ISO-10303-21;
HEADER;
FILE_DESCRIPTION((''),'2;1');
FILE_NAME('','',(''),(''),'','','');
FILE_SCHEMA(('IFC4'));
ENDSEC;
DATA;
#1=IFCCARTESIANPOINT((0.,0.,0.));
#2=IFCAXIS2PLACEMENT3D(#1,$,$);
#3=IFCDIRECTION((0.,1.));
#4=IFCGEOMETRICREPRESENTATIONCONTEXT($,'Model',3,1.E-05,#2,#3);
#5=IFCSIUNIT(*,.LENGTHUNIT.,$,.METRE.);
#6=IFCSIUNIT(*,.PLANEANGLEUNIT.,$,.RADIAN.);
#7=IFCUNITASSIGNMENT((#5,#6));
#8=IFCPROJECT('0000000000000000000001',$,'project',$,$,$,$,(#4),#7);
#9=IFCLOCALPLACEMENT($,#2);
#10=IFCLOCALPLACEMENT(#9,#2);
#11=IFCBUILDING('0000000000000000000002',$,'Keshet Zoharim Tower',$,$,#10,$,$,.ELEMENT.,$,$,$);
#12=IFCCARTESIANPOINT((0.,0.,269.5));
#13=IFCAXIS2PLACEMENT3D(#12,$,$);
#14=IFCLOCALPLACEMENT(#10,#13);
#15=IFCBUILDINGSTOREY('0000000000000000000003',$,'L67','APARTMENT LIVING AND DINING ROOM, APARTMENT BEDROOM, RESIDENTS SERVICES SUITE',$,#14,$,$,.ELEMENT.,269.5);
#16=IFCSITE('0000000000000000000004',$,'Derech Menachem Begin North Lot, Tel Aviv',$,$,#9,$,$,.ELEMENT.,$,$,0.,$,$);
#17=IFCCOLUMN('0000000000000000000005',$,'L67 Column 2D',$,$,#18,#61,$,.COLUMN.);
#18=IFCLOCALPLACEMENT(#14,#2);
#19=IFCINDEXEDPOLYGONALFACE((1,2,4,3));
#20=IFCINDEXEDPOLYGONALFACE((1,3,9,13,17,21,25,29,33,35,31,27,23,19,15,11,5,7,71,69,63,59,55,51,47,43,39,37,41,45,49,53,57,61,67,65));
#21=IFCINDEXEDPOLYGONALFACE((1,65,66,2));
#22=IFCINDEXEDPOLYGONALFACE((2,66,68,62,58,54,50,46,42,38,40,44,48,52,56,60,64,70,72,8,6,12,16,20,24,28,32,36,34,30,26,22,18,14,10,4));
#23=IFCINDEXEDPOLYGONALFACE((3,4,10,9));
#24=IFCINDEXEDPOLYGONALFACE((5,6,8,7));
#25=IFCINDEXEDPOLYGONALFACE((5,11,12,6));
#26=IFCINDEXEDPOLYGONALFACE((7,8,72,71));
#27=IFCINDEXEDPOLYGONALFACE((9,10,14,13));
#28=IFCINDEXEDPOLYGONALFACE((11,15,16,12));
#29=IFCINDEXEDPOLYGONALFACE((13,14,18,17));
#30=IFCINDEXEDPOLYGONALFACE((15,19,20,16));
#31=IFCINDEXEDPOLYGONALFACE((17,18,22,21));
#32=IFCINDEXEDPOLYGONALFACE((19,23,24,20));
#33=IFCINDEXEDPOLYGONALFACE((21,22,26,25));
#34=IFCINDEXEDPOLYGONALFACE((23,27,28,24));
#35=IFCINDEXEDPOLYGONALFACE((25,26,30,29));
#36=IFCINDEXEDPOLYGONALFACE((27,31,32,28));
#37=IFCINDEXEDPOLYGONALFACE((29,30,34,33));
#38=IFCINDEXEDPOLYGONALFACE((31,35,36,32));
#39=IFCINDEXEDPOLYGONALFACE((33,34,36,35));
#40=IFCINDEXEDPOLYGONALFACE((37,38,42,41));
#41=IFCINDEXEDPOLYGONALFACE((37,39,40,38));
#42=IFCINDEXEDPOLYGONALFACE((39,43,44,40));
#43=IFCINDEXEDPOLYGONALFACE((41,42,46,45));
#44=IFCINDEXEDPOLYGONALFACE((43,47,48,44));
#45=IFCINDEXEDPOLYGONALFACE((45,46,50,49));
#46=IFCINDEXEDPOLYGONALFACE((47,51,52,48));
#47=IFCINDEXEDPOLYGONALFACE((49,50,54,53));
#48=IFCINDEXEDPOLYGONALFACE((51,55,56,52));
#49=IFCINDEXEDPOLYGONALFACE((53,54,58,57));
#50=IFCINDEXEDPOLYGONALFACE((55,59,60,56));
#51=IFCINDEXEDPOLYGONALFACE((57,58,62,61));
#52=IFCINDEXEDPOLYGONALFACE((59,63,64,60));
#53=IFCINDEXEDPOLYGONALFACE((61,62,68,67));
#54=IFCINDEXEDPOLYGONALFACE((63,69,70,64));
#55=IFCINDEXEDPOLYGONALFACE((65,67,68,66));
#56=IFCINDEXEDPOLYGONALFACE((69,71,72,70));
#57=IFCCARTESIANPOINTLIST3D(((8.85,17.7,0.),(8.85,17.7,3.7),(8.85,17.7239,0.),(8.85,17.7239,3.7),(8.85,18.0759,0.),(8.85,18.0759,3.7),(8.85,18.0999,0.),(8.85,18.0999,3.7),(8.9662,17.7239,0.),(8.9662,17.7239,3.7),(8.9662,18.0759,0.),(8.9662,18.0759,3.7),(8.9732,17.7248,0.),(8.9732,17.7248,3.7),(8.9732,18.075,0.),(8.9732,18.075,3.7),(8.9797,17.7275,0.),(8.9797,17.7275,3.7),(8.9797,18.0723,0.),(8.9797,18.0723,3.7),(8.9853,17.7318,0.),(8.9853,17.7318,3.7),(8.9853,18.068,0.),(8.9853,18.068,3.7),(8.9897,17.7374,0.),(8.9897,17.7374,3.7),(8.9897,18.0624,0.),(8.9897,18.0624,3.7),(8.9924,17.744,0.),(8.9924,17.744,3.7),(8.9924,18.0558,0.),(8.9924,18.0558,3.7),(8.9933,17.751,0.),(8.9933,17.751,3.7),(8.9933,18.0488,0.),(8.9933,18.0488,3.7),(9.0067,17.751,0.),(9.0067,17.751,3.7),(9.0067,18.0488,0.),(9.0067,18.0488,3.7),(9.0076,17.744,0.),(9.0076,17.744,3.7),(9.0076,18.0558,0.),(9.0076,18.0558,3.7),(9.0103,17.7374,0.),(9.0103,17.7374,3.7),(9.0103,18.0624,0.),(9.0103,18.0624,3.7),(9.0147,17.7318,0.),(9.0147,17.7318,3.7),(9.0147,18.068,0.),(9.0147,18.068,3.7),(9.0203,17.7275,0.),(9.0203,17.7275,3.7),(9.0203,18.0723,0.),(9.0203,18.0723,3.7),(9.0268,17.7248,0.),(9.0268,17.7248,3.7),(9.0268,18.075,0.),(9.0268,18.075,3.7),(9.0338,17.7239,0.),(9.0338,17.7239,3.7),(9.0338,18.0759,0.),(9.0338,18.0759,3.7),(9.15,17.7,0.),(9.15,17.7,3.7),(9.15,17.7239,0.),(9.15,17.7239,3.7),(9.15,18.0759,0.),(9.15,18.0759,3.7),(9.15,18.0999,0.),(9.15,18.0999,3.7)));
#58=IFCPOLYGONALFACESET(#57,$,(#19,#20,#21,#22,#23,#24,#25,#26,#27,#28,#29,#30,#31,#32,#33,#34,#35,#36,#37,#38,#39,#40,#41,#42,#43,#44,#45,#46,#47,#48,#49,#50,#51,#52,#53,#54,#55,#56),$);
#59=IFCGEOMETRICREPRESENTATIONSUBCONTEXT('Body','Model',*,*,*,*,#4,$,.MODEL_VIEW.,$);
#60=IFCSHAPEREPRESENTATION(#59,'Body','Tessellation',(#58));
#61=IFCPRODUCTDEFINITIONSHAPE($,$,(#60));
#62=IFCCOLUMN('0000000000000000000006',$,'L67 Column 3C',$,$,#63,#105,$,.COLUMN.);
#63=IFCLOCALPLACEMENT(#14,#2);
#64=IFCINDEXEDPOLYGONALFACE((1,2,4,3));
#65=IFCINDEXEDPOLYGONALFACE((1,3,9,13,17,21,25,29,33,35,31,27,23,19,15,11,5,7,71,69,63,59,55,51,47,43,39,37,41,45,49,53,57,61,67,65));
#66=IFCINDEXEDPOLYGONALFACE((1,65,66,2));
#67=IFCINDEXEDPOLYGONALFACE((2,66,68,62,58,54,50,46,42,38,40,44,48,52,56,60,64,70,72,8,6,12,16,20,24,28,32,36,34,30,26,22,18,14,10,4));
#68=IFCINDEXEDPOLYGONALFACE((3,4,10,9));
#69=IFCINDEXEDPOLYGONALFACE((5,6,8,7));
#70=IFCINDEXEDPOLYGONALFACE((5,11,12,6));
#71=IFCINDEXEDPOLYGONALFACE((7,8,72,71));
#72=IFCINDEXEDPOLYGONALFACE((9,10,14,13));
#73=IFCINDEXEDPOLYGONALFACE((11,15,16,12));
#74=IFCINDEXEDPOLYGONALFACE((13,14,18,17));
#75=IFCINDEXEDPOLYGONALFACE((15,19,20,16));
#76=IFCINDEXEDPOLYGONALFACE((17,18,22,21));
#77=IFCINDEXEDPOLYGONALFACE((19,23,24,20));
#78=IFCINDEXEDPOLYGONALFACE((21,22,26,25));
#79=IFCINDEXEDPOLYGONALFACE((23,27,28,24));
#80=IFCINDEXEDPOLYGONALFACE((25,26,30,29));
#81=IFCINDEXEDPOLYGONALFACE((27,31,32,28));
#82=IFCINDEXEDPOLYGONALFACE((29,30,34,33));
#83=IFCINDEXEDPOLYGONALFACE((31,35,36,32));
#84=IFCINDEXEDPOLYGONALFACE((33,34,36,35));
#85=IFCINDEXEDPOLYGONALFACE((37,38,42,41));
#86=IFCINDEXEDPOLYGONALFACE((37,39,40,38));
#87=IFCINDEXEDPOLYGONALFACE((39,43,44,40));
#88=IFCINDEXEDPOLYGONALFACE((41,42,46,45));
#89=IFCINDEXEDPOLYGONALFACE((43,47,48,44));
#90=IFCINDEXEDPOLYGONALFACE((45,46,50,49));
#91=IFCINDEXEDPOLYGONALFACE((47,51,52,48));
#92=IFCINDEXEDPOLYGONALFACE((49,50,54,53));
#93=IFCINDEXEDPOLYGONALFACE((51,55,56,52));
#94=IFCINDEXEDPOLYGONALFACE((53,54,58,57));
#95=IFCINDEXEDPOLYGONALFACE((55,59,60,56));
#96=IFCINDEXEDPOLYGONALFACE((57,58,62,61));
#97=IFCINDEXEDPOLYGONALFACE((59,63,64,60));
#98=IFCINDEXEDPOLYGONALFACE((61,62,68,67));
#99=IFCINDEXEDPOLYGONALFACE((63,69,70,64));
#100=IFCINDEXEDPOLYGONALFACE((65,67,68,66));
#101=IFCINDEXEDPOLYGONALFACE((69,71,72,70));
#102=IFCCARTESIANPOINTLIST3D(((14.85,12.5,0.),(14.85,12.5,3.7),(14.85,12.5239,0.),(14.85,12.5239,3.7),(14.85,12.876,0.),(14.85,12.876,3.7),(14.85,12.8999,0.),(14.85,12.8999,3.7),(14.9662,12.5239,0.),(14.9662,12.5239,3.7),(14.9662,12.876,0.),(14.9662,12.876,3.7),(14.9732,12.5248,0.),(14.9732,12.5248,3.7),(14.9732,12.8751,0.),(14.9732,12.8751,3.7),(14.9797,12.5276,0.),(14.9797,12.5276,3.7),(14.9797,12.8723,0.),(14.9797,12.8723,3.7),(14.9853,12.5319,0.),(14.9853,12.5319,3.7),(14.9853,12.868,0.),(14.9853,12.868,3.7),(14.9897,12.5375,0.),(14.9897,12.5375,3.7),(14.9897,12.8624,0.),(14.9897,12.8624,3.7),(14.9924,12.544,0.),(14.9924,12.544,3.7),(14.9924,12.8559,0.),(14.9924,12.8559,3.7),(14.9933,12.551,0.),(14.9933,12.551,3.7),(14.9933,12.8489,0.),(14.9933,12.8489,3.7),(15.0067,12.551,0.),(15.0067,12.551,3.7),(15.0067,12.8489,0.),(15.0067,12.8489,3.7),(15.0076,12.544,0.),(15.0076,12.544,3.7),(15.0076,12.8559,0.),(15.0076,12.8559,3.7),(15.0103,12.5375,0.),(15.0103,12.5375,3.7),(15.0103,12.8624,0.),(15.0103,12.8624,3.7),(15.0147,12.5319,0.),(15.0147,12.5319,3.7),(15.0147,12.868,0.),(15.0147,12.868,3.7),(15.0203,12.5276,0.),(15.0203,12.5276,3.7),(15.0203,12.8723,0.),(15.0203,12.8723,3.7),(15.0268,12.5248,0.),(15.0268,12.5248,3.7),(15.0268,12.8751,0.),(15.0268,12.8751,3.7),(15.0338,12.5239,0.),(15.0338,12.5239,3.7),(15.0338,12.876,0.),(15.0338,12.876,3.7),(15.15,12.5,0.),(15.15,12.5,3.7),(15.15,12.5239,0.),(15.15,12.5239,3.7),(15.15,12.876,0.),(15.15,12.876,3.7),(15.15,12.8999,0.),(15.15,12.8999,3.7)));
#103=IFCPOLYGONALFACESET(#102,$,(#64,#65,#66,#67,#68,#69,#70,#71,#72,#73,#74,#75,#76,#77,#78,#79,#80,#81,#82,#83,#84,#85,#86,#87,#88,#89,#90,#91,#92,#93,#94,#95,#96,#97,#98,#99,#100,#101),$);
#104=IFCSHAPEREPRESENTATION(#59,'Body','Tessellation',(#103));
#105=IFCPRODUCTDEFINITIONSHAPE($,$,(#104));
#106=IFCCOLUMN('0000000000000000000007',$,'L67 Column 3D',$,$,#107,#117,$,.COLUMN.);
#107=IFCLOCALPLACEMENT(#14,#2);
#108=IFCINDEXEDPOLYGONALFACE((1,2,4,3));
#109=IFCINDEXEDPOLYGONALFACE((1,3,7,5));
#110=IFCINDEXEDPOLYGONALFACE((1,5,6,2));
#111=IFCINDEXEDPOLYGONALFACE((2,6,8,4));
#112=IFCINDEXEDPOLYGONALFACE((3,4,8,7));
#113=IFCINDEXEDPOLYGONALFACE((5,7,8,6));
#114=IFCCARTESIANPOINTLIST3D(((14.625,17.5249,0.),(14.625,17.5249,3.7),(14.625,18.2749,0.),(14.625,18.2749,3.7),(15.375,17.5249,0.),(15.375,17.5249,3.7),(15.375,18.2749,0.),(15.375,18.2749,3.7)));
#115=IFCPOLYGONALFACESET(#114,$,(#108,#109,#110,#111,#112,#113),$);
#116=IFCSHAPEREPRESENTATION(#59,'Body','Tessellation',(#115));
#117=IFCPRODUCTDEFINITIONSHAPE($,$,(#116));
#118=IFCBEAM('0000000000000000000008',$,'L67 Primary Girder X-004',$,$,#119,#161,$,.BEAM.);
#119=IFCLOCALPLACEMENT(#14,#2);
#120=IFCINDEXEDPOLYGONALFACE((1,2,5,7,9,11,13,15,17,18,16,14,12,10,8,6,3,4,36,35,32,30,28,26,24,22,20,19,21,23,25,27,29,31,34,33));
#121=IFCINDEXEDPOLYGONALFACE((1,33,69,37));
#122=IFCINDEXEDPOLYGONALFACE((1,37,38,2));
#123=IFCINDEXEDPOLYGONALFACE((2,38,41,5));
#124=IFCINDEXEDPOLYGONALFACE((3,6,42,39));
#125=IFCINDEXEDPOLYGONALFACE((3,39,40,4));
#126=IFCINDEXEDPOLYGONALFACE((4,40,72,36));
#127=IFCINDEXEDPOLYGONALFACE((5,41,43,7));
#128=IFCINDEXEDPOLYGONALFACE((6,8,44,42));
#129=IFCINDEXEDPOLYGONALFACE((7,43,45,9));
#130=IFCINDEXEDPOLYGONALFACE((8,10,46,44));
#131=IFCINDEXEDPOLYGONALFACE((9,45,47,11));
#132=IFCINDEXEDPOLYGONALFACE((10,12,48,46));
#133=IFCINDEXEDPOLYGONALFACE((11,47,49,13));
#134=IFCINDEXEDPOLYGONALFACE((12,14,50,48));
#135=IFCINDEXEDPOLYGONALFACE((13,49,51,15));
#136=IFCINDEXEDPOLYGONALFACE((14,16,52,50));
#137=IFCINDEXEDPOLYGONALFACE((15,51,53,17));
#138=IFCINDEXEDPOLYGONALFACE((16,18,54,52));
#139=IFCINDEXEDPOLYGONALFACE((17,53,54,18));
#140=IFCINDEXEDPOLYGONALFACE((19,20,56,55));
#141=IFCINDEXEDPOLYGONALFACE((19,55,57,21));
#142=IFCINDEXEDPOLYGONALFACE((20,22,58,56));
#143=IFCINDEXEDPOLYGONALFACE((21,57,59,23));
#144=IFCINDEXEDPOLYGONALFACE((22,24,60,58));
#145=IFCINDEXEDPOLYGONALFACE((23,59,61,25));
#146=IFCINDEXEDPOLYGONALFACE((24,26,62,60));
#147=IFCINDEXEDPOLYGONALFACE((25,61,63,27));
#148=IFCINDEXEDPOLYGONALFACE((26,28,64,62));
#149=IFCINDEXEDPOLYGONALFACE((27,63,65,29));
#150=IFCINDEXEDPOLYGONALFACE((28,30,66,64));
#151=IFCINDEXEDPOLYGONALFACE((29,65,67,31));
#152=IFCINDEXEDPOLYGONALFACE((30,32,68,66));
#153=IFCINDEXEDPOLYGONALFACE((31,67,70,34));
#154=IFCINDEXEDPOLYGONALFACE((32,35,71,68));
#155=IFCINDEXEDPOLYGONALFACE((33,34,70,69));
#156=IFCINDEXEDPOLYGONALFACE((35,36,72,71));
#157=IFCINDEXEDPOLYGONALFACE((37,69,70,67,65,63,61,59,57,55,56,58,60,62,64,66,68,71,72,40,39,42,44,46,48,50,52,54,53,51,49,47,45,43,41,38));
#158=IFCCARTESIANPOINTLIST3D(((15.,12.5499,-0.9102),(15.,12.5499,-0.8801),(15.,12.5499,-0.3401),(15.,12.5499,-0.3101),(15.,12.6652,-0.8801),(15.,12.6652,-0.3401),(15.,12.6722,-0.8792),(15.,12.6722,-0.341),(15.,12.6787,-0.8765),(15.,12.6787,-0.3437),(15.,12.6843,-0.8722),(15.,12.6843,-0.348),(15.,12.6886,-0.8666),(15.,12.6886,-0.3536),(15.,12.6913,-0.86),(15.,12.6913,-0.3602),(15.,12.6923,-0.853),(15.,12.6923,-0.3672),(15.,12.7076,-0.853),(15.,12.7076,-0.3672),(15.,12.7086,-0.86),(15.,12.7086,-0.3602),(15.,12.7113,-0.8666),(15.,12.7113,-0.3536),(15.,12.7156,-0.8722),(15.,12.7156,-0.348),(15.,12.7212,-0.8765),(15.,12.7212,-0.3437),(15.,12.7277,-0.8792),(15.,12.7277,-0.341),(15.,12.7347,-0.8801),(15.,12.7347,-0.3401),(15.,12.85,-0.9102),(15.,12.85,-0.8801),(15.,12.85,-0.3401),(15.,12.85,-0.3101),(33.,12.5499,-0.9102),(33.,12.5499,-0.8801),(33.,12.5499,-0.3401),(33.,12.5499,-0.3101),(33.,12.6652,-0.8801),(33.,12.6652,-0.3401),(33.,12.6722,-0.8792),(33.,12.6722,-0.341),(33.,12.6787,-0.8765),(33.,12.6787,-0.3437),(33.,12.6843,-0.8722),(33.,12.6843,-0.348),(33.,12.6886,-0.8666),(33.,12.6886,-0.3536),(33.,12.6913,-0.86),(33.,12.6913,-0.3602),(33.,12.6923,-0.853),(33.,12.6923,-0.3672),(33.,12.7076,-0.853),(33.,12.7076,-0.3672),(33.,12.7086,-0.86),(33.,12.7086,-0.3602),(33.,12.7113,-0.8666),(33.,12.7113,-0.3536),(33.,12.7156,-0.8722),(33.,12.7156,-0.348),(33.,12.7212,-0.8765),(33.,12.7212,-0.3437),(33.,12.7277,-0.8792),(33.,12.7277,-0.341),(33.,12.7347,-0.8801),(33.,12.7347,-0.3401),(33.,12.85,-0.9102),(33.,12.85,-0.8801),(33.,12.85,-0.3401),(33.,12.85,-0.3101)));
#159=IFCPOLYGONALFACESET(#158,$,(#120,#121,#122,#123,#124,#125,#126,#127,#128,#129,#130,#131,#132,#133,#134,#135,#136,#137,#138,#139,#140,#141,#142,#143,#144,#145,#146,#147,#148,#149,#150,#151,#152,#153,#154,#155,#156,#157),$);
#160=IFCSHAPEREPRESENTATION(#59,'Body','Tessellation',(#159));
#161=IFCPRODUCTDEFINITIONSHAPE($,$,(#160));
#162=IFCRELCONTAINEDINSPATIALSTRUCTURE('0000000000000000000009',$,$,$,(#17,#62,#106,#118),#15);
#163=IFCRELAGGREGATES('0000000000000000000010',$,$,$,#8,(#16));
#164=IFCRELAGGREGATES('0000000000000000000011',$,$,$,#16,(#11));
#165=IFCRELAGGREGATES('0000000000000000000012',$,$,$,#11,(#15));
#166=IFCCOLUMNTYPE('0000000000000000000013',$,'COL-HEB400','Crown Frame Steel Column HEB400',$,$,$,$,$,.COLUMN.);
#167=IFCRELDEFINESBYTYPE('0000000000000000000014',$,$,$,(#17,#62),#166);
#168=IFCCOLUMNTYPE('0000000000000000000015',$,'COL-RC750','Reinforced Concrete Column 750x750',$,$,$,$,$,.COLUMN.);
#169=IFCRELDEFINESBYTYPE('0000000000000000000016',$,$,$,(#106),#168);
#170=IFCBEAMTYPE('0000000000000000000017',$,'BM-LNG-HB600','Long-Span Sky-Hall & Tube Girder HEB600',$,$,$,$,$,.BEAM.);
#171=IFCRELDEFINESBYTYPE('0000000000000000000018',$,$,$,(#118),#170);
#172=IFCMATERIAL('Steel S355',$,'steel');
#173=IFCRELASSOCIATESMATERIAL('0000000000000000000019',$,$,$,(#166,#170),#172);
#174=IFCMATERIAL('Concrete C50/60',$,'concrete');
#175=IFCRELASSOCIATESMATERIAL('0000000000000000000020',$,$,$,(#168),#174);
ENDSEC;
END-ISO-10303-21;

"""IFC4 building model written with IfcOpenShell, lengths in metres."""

from ifc_helpers import new_model, si_unit, direction, frame, origin, origin_2d, place, context, subcontext, project, spatial, rectangle, i_section, extrude, material, material_profile, profile_set, type_object, element, save


model = new_model("IFC4")

# Units and contexts
model_context = context("Model", 3, precision=1e-05, world=origin(), true_north=direction((0.0, 1.0)))
body_context = subcontext(model_context, "Body", "Model", "MODEL_VIEW")
ifc_project = project(units=[si_unit("LENGTHUNIT", "METRE"), si_unit("PLANEANGLEUNIT", "RADIAN")], contexts=[model_context])

# Site, building, storey
site_placement = place(None, origin())
site = spatial("IfcSite", under=ifc_project, at=site_placement, Name="Derech Menachem Begin North Lot, Tel Aviv", CompositionType="ELEMENT", RefElevation=0.0)
building_placement = place(site_placement, origin())
building = spatial("IfcBuilding", under=site, at=building_placement, Name="Keshet Zoharim Tower", CompositionType="ELEMENT")
storey_placement = place(building_placement, frame((0.0, 0.0, 269.5)))
storey = spatial("IfcBuildingStorey", under=building, at=storey_placement, Name="L67", Description="APARTMENT LIVING AND DINING ROOM, APARTMENT BEDROOM, RESIDENTS SERVICES SUITE", CompositionType="ELEMENT", Elevation=269.5)

# Columns
ifc_material_1 = material(Name="Steel S355", Category="steel")
ifc_material_profile_1 = material_profile(ifc_material_1, i_section(OverallWidth=0.3, OverallDepth=0.3999, WebThickness=0.0134, FlangeThickness=0.0239, FilletRadius=0.0271, at=origin_2d()), Name="HEB400")
ifc_profile_set_1 = profile_set([ifc_material_profile_1], Name="Steel S355")
column_type_1 = type_object("IfcColumnType", Name="COL-HEB400", Description="Crown Frame Steel Column HEB400", PredefinedType="COLUMN", material=ifc_profile_set_1)
for number, where, z_axis, x_axis, name in (
    (1, (9.0, 17.8999, 0.0), (0.0, 0.0, 1.0), (1.0, 0.0, 0.0), "L67 Column 2D"),
    (2, (15.0, 12.7, 0.0), (0.0, 0.0, 1.0), (1.0, 0.0, 0.0), "L67 Column 3C"),
):
    element("IfcColumn", number, at=place(storey_placement, frame(where, z_axis=z_axis, x_axis=x_axis)), inside=storey, type_object=column_type_1, Name=name, PredefinedType="COLUMN", context=body_context, shape_type="SweptSolid", body=[
        extrude(i_section(OverallWidth=0.3, OverallDepth=0.3999, WebThickness=0.0134, FlangeThickness=0.0239, FilletRadius=0.0271, at=origin_2d()), origin(), (0.0, 0.0, 1.0), 3.7),
    ])
ifc_material_2 = material(Name="Concrete C50/60", Category="concrete")
ifc_material_profile_2 = material_profile(ifc_material_2, rectangle(XDim=0.75, YDim=0.75, at=origin_2d()), Name="RC750x750")
ifc_profile_set_2 = profile_set([ifc_material_profile_2], Name="Concrete C50/60")
column_type_2 = type_object("IfcColumnType", Name="COL-RC750", Description="Reinforced Concrete Column 750x750", PredefinedType="COLUMN", material=ifc_profile_set_2)
column_placement = place(storey_placement, frame((15.0, 17.8999, 0.0), z_axis=(0.0, 0.0, 1.0), x_axis=(1.0, 0.0, 0.0)))
element("IfcColumn", 3, at=column_placement, inside=storey, type_object=column_type_2, Name="L67 Column 3D", PredefinedType="COLUMN", context=body_context, shape_type="SweptSolid", body=[
    extrude(rectangle(XDim=0.75, YDim=0.75, at=origin_2d()), origin(), (0.0, 0.0, 1.0), 3.7),
])

# Beam
ifc_material_profile_3 = material_profile(ifc_material_1, i_section(OverallWidth=0.3, OverallDepth=0.6001, WebThickness=0.0154, FlangeThickness=0.03, FilletRadius=0.0271, at=origin_2d()), Name="HEB600")
ifc_profile_set_3 = profile_set([ifc_material_profile_3], Name="Steel S355")
beam_type_1 = type_object("IfcBeamType", Name="BM-LNG-HB600", Description="Long-Span Sky-Hall & Tube Girder HEB600", PredefinedType="BEAM", material=ifc_profile_set_3)
for number, where, z_axis, x_axis, name in (
    (4, (15.0, 12.7, -0.6101), (1.0, 0.0, 0.0), (0.0, 1.0, 0.0), "L67 Primary Girder X-004"),
):
    element("IfcBeam", number, at=place(storey_placement, frame(where, z_axis=z_axis, x_axis=x_axis)), inside=storey, type_object=beam_type_1, Name=name, PredefinedType="BEAM", context=body_context, shape_type="SweptSolid", body=[
        extrude(i_section(OverallWidth=0.3, OverallDepth=0.6001, WebThickness=0.0154, FlangeThickness=0.03, FilletRadius=0.0271, at=origin_2d()), origin(), (0.0, 0.0, 1.0), 18.0),
    ])

save(model, "model.ifc")
